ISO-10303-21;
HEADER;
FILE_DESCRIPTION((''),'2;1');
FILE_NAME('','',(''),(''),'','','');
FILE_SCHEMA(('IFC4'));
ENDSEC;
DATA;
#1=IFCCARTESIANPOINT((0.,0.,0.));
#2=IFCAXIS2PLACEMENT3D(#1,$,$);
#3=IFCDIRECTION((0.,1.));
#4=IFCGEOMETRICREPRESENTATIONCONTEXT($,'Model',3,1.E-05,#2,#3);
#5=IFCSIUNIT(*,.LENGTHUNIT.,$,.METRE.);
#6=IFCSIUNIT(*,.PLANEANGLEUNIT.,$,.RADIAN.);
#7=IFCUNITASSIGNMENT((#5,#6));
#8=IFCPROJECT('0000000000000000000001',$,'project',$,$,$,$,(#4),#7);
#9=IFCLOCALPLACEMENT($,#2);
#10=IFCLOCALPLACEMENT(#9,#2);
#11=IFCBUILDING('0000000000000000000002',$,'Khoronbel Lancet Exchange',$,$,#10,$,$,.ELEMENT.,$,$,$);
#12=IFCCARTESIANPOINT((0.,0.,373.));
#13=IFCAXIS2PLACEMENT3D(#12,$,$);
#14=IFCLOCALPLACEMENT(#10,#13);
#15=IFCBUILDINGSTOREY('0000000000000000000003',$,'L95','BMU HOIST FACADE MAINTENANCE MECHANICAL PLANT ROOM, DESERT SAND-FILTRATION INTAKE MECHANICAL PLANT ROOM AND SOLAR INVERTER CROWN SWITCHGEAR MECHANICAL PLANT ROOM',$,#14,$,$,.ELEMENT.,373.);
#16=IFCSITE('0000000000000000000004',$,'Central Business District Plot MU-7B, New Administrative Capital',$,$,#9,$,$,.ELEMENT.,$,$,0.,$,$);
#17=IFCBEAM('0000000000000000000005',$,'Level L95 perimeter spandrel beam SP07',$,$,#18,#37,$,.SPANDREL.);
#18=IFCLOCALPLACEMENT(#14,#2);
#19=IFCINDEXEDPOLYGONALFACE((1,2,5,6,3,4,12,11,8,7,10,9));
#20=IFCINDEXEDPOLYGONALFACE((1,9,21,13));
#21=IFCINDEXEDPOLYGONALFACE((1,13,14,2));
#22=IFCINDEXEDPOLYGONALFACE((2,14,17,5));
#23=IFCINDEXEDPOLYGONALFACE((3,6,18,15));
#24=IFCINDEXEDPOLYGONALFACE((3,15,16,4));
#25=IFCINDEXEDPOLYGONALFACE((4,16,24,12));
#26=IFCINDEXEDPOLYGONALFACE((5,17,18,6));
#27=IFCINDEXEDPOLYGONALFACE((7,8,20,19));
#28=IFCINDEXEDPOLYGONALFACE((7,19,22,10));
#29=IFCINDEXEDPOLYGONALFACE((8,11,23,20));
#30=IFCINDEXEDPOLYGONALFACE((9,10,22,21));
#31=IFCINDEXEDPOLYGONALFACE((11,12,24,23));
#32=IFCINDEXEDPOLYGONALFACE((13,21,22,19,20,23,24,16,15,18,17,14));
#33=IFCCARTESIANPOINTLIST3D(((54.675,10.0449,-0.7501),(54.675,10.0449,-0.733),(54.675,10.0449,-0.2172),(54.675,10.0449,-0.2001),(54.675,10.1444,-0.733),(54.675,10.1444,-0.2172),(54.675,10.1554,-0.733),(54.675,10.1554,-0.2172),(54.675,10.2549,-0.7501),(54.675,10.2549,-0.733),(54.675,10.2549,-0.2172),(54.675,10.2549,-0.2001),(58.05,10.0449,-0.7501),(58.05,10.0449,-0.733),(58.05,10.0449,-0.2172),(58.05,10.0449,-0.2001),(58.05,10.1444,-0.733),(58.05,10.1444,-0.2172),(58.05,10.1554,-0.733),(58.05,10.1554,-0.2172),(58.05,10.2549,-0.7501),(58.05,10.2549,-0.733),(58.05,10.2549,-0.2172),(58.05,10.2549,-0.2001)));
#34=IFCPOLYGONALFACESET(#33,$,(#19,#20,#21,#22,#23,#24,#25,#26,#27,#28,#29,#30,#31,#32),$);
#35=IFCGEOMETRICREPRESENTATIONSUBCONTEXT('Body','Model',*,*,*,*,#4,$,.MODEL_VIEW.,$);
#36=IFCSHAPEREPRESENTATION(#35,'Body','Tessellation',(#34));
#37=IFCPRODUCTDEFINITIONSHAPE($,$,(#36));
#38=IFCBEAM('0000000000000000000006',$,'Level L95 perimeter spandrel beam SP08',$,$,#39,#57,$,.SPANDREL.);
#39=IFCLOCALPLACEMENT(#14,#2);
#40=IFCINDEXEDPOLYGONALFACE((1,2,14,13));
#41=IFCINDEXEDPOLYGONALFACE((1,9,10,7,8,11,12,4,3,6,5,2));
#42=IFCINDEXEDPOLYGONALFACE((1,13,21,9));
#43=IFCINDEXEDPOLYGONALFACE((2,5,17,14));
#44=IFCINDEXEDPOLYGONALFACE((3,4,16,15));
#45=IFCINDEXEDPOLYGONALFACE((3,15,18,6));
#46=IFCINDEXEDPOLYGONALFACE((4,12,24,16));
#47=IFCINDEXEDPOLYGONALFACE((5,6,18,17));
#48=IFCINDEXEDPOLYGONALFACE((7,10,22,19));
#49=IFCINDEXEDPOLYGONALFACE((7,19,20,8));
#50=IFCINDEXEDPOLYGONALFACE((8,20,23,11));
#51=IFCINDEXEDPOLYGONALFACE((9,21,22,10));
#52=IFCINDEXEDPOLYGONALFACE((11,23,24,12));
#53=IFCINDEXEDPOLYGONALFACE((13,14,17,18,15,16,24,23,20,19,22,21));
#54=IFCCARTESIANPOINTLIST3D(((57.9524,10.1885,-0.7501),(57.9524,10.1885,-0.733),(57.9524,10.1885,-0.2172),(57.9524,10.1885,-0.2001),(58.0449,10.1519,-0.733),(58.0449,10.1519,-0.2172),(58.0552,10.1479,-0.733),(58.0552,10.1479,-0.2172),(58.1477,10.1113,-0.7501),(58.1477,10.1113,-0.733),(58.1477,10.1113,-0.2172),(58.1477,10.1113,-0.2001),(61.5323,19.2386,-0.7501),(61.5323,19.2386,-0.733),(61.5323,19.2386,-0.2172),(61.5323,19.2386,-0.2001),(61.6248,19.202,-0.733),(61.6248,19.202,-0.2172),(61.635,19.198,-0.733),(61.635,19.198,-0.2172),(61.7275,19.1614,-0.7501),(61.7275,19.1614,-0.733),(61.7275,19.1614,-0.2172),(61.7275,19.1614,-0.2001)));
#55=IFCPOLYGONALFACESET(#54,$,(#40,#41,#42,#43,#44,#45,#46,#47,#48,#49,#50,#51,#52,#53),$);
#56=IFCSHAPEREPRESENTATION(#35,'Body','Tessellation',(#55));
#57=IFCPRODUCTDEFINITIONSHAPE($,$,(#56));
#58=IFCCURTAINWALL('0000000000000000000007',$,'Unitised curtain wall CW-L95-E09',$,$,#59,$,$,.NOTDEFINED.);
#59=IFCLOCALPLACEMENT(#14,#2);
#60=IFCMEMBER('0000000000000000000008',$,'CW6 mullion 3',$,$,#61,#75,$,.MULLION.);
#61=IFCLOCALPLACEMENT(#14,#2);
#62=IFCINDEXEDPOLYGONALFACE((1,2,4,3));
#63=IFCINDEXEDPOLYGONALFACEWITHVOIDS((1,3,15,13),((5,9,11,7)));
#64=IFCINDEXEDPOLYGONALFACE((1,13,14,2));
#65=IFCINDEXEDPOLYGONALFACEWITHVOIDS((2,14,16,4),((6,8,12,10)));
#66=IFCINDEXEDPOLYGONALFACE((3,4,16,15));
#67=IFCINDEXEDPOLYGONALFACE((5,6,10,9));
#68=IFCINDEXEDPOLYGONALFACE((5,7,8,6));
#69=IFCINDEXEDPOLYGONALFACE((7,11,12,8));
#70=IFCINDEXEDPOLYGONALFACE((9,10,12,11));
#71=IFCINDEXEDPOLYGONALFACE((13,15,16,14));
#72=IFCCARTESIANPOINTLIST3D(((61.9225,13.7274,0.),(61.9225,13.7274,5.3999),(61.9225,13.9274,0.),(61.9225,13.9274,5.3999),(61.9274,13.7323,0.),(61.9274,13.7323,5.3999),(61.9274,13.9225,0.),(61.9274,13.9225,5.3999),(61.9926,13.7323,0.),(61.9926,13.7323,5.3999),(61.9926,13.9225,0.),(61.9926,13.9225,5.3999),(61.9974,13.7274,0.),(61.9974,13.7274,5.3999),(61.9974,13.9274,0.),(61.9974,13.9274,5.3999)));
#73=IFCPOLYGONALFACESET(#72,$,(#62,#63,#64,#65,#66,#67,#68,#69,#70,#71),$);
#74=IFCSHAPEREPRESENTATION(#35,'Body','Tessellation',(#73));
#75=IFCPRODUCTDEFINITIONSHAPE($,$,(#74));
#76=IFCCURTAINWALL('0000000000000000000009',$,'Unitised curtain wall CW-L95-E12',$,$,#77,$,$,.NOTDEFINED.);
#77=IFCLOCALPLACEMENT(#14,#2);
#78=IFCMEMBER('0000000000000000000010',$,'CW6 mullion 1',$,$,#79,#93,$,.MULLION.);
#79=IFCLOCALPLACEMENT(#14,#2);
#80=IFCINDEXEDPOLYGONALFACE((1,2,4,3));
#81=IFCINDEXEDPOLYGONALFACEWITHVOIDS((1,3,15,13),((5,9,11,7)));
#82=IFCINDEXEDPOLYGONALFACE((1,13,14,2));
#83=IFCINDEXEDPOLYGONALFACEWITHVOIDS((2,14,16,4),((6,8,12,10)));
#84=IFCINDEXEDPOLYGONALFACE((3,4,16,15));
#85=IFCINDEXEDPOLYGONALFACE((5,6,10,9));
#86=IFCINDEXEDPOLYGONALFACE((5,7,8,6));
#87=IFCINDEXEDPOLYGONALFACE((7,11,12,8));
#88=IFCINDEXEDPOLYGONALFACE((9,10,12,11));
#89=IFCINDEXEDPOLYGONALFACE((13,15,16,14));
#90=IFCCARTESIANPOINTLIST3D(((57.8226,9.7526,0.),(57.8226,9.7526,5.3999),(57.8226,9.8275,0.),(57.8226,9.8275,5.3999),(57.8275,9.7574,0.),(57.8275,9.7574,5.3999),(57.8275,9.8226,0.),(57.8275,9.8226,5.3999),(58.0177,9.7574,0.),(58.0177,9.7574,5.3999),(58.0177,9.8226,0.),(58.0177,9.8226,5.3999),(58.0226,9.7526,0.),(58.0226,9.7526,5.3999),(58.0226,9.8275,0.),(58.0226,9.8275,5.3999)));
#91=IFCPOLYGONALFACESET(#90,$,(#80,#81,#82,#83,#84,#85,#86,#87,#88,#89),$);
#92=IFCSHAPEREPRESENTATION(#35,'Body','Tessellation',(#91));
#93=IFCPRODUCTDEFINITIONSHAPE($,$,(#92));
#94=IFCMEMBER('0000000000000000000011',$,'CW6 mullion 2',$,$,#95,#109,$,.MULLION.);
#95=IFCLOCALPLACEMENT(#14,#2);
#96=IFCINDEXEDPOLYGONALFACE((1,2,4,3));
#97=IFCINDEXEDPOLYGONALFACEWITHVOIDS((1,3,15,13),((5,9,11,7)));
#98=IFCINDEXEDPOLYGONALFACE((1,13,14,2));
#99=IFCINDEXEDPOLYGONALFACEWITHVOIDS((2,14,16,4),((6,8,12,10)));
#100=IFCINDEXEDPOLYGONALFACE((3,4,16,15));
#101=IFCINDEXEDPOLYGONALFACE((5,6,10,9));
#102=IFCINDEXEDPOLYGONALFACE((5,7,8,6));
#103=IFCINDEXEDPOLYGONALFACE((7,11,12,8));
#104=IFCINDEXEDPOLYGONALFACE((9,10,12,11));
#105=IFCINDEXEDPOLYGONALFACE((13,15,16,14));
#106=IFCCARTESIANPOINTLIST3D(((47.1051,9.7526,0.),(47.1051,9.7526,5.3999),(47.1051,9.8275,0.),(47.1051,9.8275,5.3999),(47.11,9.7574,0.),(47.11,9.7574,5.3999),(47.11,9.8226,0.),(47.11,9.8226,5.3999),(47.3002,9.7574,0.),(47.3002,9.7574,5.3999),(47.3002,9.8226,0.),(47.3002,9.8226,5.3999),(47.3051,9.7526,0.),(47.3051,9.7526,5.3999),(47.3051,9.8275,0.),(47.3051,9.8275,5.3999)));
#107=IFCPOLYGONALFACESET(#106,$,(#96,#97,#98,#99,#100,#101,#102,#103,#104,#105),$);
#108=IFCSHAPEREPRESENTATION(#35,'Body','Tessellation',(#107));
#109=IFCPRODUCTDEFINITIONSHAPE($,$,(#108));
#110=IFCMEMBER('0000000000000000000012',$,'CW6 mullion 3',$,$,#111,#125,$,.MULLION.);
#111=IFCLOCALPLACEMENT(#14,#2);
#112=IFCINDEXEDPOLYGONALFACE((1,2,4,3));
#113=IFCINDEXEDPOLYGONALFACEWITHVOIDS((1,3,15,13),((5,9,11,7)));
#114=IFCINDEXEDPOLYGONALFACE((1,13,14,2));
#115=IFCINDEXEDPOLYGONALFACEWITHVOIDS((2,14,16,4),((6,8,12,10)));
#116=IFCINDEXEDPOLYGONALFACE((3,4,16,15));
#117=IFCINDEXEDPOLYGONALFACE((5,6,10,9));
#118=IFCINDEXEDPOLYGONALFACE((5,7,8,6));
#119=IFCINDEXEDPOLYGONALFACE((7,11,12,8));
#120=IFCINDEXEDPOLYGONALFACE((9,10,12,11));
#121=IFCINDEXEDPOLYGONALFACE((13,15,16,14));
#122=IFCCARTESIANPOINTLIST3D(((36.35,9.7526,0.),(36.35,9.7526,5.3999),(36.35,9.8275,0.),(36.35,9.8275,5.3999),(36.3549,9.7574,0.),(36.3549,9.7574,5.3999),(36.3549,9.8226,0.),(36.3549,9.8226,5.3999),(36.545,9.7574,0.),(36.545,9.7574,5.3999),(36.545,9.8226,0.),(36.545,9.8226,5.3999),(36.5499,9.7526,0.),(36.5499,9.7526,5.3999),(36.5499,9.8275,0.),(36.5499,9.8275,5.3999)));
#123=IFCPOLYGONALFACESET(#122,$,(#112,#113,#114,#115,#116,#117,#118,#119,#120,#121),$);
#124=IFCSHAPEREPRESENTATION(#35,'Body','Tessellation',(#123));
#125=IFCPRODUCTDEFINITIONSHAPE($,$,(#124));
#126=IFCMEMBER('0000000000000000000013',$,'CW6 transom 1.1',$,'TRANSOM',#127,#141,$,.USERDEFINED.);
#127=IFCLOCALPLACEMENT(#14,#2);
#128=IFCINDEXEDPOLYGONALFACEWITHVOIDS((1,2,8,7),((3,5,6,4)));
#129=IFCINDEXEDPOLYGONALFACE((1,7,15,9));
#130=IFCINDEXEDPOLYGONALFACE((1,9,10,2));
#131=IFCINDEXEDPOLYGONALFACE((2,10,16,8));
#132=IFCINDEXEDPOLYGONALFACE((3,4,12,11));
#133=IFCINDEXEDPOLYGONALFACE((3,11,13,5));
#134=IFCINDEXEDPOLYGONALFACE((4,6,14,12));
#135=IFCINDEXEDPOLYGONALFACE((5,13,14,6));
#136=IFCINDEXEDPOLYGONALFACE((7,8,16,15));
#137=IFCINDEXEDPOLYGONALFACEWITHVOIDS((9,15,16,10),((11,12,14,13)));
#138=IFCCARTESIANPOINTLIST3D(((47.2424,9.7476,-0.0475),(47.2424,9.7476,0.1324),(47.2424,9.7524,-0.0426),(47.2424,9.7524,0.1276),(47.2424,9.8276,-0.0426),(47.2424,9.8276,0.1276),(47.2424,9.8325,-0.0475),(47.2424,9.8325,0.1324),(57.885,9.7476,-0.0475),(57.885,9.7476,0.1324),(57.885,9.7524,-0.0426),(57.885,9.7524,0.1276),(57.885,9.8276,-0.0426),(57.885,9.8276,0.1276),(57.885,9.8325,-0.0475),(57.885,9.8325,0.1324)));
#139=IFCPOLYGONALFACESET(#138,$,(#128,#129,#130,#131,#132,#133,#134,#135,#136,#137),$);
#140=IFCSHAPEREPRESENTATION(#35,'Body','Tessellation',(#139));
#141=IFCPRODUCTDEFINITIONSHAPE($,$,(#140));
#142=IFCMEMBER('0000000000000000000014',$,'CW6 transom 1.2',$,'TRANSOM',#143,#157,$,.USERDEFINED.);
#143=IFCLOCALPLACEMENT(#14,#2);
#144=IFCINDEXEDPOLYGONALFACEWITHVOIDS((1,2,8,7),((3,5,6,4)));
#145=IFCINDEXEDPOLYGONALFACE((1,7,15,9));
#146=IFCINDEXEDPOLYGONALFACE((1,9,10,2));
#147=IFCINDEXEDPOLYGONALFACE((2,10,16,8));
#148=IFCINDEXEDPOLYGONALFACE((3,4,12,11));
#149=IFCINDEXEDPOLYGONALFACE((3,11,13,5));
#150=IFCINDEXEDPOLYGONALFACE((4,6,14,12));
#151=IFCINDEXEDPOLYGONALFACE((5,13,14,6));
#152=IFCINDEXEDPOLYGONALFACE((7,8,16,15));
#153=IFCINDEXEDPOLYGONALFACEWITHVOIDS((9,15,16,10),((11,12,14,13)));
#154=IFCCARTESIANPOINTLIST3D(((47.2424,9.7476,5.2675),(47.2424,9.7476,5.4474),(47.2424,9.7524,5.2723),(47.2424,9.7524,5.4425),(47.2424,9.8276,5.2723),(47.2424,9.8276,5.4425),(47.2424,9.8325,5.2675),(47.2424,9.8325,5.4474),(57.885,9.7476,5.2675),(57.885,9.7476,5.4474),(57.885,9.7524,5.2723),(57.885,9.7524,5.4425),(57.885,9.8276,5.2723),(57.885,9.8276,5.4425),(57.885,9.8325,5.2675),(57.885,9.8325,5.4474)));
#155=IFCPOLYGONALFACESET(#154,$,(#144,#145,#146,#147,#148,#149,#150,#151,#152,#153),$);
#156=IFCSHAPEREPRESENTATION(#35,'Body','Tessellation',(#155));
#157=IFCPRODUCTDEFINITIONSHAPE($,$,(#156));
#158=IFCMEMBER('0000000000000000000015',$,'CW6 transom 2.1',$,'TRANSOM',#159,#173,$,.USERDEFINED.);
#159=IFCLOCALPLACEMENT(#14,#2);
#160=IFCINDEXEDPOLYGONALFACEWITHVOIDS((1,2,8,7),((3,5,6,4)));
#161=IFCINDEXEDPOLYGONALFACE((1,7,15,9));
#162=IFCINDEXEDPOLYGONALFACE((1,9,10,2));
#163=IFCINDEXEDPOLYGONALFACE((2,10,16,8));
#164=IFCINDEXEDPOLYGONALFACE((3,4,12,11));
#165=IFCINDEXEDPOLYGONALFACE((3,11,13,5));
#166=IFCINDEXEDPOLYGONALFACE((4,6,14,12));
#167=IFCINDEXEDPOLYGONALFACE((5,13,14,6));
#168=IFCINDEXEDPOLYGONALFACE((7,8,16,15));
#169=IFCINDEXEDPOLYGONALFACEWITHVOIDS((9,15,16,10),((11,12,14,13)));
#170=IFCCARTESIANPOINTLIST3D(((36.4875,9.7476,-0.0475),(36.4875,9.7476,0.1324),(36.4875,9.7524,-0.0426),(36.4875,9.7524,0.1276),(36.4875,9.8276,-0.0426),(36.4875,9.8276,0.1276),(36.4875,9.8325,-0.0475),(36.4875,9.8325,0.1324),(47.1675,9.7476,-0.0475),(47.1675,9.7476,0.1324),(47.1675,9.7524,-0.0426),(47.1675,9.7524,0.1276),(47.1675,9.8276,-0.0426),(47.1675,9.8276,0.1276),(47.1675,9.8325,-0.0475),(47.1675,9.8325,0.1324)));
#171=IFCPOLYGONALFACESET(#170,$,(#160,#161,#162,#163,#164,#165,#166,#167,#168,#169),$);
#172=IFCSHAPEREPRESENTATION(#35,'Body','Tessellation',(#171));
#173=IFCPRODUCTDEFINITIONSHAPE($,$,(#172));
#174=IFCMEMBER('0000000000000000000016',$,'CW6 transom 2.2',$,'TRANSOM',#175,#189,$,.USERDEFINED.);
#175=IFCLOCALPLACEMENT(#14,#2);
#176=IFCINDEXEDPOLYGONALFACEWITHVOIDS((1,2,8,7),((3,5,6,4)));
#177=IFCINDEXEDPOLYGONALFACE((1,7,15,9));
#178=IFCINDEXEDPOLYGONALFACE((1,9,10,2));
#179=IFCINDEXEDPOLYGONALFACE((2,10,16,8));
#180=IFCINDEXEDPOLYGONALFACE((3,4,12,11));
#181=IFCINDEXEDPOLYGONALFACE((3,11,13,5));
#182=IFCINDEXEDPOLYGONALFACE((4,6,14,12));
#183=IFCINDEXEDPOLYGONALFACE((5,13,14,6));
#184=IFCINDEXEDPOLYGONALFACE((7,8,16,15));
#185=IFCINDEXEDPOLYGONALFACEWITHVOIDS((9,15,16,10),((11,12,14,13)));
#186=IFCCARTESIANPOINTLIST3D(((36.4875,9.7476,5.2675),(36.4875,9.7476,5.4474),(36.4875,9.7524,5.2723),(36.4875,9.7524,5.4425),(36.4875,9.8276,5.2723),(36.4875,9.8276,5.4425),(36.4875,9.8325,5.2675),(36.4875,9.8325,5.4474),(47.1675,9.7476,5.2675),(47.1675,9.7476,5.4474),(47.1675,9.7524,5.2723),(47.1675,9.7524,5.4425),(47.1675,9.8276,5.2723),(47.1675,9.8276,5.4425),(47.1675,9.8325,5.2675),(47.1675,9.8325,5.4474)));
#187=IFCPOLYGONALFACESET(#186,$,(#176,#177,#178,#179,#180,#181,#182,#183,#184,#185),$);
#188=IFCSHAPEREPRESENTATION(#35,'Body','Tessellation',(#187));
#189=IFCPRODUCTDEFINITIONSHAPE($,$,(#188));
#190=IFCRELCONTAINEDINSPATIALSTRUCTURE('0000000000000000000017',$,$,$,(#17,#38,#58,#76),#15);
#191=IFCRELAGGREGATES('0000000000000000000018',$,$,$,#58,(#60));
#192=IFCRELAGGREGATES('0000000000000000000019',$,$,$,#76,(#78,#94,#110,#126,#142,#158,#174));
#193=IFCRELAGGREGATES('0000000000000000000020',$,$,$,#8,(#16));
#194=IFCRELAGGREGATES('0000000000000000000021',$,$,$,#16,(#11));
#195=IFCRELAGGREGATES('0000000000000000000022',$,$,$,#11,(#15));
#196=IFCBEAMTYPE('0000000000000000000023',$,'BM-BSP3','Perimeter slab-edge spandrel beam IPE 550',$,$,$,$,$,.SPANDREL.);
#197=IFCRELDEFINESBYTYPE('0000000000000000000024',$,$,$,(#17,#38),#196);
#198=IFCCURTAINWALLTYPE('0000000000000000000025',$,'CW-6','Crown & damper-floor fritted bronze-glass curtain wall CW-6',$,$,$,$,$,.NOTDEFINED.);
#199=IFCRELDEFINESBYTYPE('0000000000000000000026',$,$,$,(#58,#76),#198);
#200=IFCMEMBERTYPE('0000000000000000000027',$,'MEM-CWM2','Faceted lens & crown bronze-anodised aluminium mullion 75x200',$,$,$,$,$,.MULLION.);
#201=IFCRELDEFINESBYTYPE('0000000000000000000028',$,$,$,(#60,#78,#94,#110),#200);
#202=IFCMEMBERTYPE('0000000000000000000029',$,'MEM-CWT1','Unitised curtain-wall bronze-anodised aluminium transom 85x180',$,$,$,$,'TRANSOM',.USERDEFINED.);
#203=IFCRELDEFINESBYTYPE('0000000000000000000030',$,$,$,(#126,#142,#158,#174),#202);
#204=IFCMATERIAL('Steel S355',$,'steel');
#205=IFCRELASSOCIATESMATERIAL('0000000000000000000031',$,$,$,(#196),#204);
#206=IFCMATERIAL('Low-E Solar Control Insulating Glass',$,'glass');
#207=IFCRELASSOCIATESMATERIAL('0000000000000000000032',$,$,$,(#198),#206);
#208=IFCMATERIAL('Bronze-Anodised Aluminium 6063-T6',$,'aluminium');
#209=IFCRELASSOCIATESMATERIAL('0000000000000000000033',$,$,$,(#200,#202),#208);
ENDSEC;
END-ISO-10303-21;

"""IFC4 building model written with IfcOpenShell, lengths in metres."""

from ifc_helpers import new_model, si_unit, direction, frame, origin, origin_2d, place, context, subcontext, project, spatial, hollow_rectangle, i_section, extrude, material, material_profile, profile_set, type_object, element, aggregate, save


model = new_model("IFC4")

# Units and contexts
model_context = context("Model", 3, precision=1e-05, world=origin(), true_north=direction((0.0, 1.0)))
body_context = subcontext(model_context, "Body", "Model", "MODEL_VIEW")
ifc_project = project(units=[si_unit("LENGTHUNIT", "METRE"), si_unit("PLANEANGLEUNIT", "RADIAN")], contexts=[model_context])

# Site, building, storey
site_placement = place(None, origin())
site = spatial("IfcSite", under=ifc_project, at=site_placement, Name="Central Business District Plot MU-7B, New Administrative Capital", CompositionType="ELEMENT", RefElevation=0.0)
building_placement = place(site_placement, origin())
building = spatial("IfcBuilding", under=site, at=building_placement, Name="Khoronbel Lancet Exchange", CompositionType="ELEMENT")
storey_placement = place(building_placement, frame((0.0, 0.0, 373.0)))
storey = spatial("IfcBuildingStorey", under=building, at=storey_placement, Name="L95", Description="BMU HOIST FACADE MAINTENANCE MECHANICAL PLANT ROOM, DESERT SAND-FILTRATION INTAKE MECHANICAL PLANT ROOM AND SOLAR INVERTER CROWN SWITCHGEAR MECHANICAL PLANT ROOM", CompositionType="ELEMENT", Elevation=373.0)

# Beams
ifc_material_1 = material(Name="Steel S355", Category="steel")
ifc_material_profile_1 = material_profile(ifc_material_1, i_section(OverallWidth=0.21, OverallDepth=0.55, WebThickness=0.011, FlangeThickness=0.0171, at=origin_2d()), Name="IPE 550")
ifc_profile_set_1 = profile_set([ifc_material_profile_1], Name="Steel S355")
beam_type_1 = type_object("IfcBeamType", Name="BM-BSP3", Description="Perimeter slab-edge spandrel beam IPE 550", PredefinedType="SPANDREL", material=ifc_profile_set_1)
beam_1_placement = place(storey_placement, frame((54.675, 10.1499, -0.4751), z_axis=(1.0, 0.0, 0.0), x_axis=(0.0, 1.0, 0.0)))
element("IfcBeam", 1, at=beam_1_placement, inside=storey, type_object=beam_type_1, Name="Level L95 perimeter spandrel beam SP07", PredefinedType="SPANDREL", context=body_context, shape_type="SweptSolid", body=[
    extrude(i_section(OverallWidth=0.21, OverallDepth=0.55, WebThickness=0.011, FlangeThickness=0.0171, at=origin_2d()), origin(), (0.0, 0.0, 1.0), 3.375),
])
beam_2_placement = place(storey_placement, frame((58.05, 10.1499, -0.4751), z_axis=(0.367828, 0.929894, 0.0), x_axis=(-0.929894, 0.367828, 0.0)))
element("IfcBeam", 2, at=beam_2_placement, inside=storey, type_object=beam_type_1, Name="Level L95 perimeter spandrel beam SP08", PredefinedType="SPANDREL", context=body_context, shape_type="SweptSolid", body=[
    extrude(i_section(OverallWidth=0.21, OverallDepth=0.55, WebThickness=0.011, FlangeThickness=0.0171, at=origin_2d()), origin(), (0.0, 0.0, 1.0), 9.7324),
])

# Curtain wall, member
ifc_material_2 = material(Name="Low-E Solar Control Insulating Glass", Category="glass")
curtain_wall_type = type_object("IfcCurtainWallType", Name="CW-6", Description="Crown & damper-floor fritted bronze-glass curtain wall CW-6", PredefinedType="NOTDEFINED", material=ifc_material_2)
curtain_wall_1_placement = place(storey_placement, origin())
curtain_wall_1 = element("IfcCurtainWall", 3, at=curtain_wall_1_placement, inside=storey, type_object=curtain_wall_type, Name="Unitised curtain wall CW-L95-E09", PredefinedType="NOTDEFINED")
ifc_material_3 = material(Name="Bronze-Anodised Aluminium 6063-T6", Category="aluminium")
ifc_material_profile_2 = material_profile(ifc_material_3, hollow_rectangle(XDim=0.075, YDim=0.2, WallThickness=0.0049, at=origin_2d()), Name="ALU MULLION 75x200")
ifc_profile_set_2 = profile_set([ifc_material_profile_2], Name="Bronze-Anodised Aluminium 6063-T6")
member_type_1 = type_object("IfcMemberType", Name="MEM-CWM2", Description="Faceted lens & crown bronze-anodised aluminium mullion 75x200", PredefinedType="MULLION", material=ifc_profile_set_2)
member_1_placement = place(storey_placement, frame((61.96, 13.8274, 0.0), z_axis=(0.0, 0.0, 1.0), x_axis=(1.0, 0.0, 0.0)))
member_1 = element("IfcMember", 4, at=member_1_placement, type_object=member_type_1, Name="CW6 mullion 3", PredefinedType="MULLION", context=body_context, shape_type="SweptSolid", body=[
    extrude(hollow_rectangle(XDim=0.075, YDim=0.2, WallThickness=0.0049, at=origin_2d()), origin(), (0.0, 0.0, 1.0), 5.3999),
])
aggregate(curtain_wall_1, [member_1])

# Curtain wall, members
curtain_wall_2_placement = place(storey_placement, origin())
curtain_wall_2 = element("IfcCurtainWall", 5, at=curtain_wall_2_placement, inside=storey, type_object=curtain_wall_type, Name="Unitised curtain wall CW-L95-E12", PredefinedType="NOTDEFINED")
member_2_placement = place(storey_placement, frame((57.9226, 9.79, 0.0), z_axis=(0.0, 0.0, 1.0), x_axis=(0.0, -1.0, 0.0)))
member_2 = element("IfcMember", 6, at=member_2_placement, type_object=member_type_1, Name="CW6 mullion 1", PredefinedType="MULLION", context=body_context, shape_type="SweptSolid", body=[
    extrude(hollow_rectangle(XDim=0.075, YDim=0.2, WallThickness=0.0049, at=origin_2d()), origin(), (0.0, 0.0, 1.0), 5.3999),
])
member_3_placement = place(storey_placement, frame((47.2051, 9.79, 0.0), z_axis=(0.0, 0.0, 1.0), x_axis=(0.0, -1.0, 0.0)))
member_3 = element("IfcMember", 7, at=member_3_placement, type_object=member_type_1, Name="CW6 mullion 2", PredefinedType="MULLION", context=body_context, shape_type="SweptSolid", body=[
    extrude(hollow_rectangle(XDim=0.075, YDim=0.2, WallThickness=0.0049, at=origin_2d()), origin(), (0.0, 0.0, 1.0), 5.3999),
])
member_4_placement = place(storey_placement, frame((36.45, 9.79, 0.0), z_axis=(0.0, 0.0, 1.0), x_axis=(0.0, -1.0, 0.0)))
member_4 = element("IfcMember", 8, at=member_4_placement, type_object=member_type_1, Name="CW6 mullion 3", PredefinedType="MULLION", context=body_context, shape_type="SweptSolid", body=[
    extrude(hollow_rectangle(XDim=0.075, YDim=0.2, WallThickness=0.0049, at=origin_2d()), origin(), (0.0, 0.0, 1.0), 5.3999),
])
ifc_material_profile_3 = material_profile(ifc_material_3, hollow_rectangle(XDim=0.085, YDim=0.1799, WallThickness=0.0049, at=origin_2d()), Name="ALU TRANSOM 85x180")
ifc_profile_set_3 = profile_set([ifc_material_profile_3], Name="Bronze-Anodised Aluminium 6063-T6")
member_type_2 = type_object("IfcMemberType", Name="MEM-CWT1", Description="Unitised curtain-wall bronze-anodised aluminium transom 85x180", ElementType="TRANSOM", PredefinedType="USERDEFINED", material=ifc_profile_set_3)
member_5_placement = place(storey_placement, frame((57.885, 9.79, 0.0425), z_axis=(-1.0, 0.0, 0.0), x_axis=(0.0, -1.0, 0.0)))
member_5 = element("IfcMember", 9, at=member_5_placement, type_object=member_type_2, Name="CW6 transom 1.1", ObjectType="TRANSOM", PredefinedType="USERDEFINED", context=body_context, shape_type="SweptSolid", body=[
    extrude(hollow_rectangle(XDim=0.085, YDim=0.1799, WallThickness=0.0049, at=origin_2d()), origin(), (0.0, 0.0, 1.0), 10.6426),
])
member_6_placement = place(storey_placement, frame((57.885, 9.79, 5.3574), z_axis=(-1.0, 0.0, 0.0), x_axis=(0.0, -1.0, 0.0)))
member_6 = element("IfcMember", 10, at=member_6_placement, type_object=member_type_2, Name="CW6 transom 1.2", ObjectType="TRANSOM", PredefinedType="USERDEFINED", context=body_context, shape_type="SweptSolid", body=[
    extrude(hollow_rectangle(XDim=0.085, YDim=0.1799, WallThickness=0.0049, at=origin_2d()), origin(), (0.0, 0.0, 1.0), 10.6426),
])
member_7_placement = place(storey_placement, frame((47.1675, 9.79, 0.0425), z_axis=(-1.0, 0.0, 0.0), x_axis=(0.0, -1.0, 0.0)))
member_7 = element("IfcMember", 11, at=member_7_placement, type_object=member_type_2, Name="CW6 transom 2.1", ObjectType="TRANSOM", PredefinedType="USERDEFINED", context=body_context, shape_type="SweptSolid", body=[
    extrude(hollow_rectangle(XDim=0.085, YDim=0.1799, WallThickness=0.0049, at=origin_2d()), origin(), (0.0, 0.0, 1.0), 10.6799),
])
member_8_placement = place(storey_placement, frame((47.1675, 9.79, 5.3574), z_axis=(-1.0, 0.0, 0.0), x_axis=(0.0, -1.0, 0.0)))
member_8 = element("IfcMember", 12, at=member_8_placement, type_object=member_type_2, Name="CW6 transom 2.2", ObjectType="TRANSOM", PredefinedType="USERDEFINED", context=body_context, shape_type="SweptSolid", body=[
    extrude(hollow_rectangle(XDim=0.085, YDim=0.1799, WallThickness=0.0049, at=origin_2d()), origin(), (0.0, 0.0, 1.0), 10.6799),
])

aggregate(curtain_wall_2, [member_2, member_3, member_4, member_5, member_6, member_7, member_8])

save(model, "model.ifc")
